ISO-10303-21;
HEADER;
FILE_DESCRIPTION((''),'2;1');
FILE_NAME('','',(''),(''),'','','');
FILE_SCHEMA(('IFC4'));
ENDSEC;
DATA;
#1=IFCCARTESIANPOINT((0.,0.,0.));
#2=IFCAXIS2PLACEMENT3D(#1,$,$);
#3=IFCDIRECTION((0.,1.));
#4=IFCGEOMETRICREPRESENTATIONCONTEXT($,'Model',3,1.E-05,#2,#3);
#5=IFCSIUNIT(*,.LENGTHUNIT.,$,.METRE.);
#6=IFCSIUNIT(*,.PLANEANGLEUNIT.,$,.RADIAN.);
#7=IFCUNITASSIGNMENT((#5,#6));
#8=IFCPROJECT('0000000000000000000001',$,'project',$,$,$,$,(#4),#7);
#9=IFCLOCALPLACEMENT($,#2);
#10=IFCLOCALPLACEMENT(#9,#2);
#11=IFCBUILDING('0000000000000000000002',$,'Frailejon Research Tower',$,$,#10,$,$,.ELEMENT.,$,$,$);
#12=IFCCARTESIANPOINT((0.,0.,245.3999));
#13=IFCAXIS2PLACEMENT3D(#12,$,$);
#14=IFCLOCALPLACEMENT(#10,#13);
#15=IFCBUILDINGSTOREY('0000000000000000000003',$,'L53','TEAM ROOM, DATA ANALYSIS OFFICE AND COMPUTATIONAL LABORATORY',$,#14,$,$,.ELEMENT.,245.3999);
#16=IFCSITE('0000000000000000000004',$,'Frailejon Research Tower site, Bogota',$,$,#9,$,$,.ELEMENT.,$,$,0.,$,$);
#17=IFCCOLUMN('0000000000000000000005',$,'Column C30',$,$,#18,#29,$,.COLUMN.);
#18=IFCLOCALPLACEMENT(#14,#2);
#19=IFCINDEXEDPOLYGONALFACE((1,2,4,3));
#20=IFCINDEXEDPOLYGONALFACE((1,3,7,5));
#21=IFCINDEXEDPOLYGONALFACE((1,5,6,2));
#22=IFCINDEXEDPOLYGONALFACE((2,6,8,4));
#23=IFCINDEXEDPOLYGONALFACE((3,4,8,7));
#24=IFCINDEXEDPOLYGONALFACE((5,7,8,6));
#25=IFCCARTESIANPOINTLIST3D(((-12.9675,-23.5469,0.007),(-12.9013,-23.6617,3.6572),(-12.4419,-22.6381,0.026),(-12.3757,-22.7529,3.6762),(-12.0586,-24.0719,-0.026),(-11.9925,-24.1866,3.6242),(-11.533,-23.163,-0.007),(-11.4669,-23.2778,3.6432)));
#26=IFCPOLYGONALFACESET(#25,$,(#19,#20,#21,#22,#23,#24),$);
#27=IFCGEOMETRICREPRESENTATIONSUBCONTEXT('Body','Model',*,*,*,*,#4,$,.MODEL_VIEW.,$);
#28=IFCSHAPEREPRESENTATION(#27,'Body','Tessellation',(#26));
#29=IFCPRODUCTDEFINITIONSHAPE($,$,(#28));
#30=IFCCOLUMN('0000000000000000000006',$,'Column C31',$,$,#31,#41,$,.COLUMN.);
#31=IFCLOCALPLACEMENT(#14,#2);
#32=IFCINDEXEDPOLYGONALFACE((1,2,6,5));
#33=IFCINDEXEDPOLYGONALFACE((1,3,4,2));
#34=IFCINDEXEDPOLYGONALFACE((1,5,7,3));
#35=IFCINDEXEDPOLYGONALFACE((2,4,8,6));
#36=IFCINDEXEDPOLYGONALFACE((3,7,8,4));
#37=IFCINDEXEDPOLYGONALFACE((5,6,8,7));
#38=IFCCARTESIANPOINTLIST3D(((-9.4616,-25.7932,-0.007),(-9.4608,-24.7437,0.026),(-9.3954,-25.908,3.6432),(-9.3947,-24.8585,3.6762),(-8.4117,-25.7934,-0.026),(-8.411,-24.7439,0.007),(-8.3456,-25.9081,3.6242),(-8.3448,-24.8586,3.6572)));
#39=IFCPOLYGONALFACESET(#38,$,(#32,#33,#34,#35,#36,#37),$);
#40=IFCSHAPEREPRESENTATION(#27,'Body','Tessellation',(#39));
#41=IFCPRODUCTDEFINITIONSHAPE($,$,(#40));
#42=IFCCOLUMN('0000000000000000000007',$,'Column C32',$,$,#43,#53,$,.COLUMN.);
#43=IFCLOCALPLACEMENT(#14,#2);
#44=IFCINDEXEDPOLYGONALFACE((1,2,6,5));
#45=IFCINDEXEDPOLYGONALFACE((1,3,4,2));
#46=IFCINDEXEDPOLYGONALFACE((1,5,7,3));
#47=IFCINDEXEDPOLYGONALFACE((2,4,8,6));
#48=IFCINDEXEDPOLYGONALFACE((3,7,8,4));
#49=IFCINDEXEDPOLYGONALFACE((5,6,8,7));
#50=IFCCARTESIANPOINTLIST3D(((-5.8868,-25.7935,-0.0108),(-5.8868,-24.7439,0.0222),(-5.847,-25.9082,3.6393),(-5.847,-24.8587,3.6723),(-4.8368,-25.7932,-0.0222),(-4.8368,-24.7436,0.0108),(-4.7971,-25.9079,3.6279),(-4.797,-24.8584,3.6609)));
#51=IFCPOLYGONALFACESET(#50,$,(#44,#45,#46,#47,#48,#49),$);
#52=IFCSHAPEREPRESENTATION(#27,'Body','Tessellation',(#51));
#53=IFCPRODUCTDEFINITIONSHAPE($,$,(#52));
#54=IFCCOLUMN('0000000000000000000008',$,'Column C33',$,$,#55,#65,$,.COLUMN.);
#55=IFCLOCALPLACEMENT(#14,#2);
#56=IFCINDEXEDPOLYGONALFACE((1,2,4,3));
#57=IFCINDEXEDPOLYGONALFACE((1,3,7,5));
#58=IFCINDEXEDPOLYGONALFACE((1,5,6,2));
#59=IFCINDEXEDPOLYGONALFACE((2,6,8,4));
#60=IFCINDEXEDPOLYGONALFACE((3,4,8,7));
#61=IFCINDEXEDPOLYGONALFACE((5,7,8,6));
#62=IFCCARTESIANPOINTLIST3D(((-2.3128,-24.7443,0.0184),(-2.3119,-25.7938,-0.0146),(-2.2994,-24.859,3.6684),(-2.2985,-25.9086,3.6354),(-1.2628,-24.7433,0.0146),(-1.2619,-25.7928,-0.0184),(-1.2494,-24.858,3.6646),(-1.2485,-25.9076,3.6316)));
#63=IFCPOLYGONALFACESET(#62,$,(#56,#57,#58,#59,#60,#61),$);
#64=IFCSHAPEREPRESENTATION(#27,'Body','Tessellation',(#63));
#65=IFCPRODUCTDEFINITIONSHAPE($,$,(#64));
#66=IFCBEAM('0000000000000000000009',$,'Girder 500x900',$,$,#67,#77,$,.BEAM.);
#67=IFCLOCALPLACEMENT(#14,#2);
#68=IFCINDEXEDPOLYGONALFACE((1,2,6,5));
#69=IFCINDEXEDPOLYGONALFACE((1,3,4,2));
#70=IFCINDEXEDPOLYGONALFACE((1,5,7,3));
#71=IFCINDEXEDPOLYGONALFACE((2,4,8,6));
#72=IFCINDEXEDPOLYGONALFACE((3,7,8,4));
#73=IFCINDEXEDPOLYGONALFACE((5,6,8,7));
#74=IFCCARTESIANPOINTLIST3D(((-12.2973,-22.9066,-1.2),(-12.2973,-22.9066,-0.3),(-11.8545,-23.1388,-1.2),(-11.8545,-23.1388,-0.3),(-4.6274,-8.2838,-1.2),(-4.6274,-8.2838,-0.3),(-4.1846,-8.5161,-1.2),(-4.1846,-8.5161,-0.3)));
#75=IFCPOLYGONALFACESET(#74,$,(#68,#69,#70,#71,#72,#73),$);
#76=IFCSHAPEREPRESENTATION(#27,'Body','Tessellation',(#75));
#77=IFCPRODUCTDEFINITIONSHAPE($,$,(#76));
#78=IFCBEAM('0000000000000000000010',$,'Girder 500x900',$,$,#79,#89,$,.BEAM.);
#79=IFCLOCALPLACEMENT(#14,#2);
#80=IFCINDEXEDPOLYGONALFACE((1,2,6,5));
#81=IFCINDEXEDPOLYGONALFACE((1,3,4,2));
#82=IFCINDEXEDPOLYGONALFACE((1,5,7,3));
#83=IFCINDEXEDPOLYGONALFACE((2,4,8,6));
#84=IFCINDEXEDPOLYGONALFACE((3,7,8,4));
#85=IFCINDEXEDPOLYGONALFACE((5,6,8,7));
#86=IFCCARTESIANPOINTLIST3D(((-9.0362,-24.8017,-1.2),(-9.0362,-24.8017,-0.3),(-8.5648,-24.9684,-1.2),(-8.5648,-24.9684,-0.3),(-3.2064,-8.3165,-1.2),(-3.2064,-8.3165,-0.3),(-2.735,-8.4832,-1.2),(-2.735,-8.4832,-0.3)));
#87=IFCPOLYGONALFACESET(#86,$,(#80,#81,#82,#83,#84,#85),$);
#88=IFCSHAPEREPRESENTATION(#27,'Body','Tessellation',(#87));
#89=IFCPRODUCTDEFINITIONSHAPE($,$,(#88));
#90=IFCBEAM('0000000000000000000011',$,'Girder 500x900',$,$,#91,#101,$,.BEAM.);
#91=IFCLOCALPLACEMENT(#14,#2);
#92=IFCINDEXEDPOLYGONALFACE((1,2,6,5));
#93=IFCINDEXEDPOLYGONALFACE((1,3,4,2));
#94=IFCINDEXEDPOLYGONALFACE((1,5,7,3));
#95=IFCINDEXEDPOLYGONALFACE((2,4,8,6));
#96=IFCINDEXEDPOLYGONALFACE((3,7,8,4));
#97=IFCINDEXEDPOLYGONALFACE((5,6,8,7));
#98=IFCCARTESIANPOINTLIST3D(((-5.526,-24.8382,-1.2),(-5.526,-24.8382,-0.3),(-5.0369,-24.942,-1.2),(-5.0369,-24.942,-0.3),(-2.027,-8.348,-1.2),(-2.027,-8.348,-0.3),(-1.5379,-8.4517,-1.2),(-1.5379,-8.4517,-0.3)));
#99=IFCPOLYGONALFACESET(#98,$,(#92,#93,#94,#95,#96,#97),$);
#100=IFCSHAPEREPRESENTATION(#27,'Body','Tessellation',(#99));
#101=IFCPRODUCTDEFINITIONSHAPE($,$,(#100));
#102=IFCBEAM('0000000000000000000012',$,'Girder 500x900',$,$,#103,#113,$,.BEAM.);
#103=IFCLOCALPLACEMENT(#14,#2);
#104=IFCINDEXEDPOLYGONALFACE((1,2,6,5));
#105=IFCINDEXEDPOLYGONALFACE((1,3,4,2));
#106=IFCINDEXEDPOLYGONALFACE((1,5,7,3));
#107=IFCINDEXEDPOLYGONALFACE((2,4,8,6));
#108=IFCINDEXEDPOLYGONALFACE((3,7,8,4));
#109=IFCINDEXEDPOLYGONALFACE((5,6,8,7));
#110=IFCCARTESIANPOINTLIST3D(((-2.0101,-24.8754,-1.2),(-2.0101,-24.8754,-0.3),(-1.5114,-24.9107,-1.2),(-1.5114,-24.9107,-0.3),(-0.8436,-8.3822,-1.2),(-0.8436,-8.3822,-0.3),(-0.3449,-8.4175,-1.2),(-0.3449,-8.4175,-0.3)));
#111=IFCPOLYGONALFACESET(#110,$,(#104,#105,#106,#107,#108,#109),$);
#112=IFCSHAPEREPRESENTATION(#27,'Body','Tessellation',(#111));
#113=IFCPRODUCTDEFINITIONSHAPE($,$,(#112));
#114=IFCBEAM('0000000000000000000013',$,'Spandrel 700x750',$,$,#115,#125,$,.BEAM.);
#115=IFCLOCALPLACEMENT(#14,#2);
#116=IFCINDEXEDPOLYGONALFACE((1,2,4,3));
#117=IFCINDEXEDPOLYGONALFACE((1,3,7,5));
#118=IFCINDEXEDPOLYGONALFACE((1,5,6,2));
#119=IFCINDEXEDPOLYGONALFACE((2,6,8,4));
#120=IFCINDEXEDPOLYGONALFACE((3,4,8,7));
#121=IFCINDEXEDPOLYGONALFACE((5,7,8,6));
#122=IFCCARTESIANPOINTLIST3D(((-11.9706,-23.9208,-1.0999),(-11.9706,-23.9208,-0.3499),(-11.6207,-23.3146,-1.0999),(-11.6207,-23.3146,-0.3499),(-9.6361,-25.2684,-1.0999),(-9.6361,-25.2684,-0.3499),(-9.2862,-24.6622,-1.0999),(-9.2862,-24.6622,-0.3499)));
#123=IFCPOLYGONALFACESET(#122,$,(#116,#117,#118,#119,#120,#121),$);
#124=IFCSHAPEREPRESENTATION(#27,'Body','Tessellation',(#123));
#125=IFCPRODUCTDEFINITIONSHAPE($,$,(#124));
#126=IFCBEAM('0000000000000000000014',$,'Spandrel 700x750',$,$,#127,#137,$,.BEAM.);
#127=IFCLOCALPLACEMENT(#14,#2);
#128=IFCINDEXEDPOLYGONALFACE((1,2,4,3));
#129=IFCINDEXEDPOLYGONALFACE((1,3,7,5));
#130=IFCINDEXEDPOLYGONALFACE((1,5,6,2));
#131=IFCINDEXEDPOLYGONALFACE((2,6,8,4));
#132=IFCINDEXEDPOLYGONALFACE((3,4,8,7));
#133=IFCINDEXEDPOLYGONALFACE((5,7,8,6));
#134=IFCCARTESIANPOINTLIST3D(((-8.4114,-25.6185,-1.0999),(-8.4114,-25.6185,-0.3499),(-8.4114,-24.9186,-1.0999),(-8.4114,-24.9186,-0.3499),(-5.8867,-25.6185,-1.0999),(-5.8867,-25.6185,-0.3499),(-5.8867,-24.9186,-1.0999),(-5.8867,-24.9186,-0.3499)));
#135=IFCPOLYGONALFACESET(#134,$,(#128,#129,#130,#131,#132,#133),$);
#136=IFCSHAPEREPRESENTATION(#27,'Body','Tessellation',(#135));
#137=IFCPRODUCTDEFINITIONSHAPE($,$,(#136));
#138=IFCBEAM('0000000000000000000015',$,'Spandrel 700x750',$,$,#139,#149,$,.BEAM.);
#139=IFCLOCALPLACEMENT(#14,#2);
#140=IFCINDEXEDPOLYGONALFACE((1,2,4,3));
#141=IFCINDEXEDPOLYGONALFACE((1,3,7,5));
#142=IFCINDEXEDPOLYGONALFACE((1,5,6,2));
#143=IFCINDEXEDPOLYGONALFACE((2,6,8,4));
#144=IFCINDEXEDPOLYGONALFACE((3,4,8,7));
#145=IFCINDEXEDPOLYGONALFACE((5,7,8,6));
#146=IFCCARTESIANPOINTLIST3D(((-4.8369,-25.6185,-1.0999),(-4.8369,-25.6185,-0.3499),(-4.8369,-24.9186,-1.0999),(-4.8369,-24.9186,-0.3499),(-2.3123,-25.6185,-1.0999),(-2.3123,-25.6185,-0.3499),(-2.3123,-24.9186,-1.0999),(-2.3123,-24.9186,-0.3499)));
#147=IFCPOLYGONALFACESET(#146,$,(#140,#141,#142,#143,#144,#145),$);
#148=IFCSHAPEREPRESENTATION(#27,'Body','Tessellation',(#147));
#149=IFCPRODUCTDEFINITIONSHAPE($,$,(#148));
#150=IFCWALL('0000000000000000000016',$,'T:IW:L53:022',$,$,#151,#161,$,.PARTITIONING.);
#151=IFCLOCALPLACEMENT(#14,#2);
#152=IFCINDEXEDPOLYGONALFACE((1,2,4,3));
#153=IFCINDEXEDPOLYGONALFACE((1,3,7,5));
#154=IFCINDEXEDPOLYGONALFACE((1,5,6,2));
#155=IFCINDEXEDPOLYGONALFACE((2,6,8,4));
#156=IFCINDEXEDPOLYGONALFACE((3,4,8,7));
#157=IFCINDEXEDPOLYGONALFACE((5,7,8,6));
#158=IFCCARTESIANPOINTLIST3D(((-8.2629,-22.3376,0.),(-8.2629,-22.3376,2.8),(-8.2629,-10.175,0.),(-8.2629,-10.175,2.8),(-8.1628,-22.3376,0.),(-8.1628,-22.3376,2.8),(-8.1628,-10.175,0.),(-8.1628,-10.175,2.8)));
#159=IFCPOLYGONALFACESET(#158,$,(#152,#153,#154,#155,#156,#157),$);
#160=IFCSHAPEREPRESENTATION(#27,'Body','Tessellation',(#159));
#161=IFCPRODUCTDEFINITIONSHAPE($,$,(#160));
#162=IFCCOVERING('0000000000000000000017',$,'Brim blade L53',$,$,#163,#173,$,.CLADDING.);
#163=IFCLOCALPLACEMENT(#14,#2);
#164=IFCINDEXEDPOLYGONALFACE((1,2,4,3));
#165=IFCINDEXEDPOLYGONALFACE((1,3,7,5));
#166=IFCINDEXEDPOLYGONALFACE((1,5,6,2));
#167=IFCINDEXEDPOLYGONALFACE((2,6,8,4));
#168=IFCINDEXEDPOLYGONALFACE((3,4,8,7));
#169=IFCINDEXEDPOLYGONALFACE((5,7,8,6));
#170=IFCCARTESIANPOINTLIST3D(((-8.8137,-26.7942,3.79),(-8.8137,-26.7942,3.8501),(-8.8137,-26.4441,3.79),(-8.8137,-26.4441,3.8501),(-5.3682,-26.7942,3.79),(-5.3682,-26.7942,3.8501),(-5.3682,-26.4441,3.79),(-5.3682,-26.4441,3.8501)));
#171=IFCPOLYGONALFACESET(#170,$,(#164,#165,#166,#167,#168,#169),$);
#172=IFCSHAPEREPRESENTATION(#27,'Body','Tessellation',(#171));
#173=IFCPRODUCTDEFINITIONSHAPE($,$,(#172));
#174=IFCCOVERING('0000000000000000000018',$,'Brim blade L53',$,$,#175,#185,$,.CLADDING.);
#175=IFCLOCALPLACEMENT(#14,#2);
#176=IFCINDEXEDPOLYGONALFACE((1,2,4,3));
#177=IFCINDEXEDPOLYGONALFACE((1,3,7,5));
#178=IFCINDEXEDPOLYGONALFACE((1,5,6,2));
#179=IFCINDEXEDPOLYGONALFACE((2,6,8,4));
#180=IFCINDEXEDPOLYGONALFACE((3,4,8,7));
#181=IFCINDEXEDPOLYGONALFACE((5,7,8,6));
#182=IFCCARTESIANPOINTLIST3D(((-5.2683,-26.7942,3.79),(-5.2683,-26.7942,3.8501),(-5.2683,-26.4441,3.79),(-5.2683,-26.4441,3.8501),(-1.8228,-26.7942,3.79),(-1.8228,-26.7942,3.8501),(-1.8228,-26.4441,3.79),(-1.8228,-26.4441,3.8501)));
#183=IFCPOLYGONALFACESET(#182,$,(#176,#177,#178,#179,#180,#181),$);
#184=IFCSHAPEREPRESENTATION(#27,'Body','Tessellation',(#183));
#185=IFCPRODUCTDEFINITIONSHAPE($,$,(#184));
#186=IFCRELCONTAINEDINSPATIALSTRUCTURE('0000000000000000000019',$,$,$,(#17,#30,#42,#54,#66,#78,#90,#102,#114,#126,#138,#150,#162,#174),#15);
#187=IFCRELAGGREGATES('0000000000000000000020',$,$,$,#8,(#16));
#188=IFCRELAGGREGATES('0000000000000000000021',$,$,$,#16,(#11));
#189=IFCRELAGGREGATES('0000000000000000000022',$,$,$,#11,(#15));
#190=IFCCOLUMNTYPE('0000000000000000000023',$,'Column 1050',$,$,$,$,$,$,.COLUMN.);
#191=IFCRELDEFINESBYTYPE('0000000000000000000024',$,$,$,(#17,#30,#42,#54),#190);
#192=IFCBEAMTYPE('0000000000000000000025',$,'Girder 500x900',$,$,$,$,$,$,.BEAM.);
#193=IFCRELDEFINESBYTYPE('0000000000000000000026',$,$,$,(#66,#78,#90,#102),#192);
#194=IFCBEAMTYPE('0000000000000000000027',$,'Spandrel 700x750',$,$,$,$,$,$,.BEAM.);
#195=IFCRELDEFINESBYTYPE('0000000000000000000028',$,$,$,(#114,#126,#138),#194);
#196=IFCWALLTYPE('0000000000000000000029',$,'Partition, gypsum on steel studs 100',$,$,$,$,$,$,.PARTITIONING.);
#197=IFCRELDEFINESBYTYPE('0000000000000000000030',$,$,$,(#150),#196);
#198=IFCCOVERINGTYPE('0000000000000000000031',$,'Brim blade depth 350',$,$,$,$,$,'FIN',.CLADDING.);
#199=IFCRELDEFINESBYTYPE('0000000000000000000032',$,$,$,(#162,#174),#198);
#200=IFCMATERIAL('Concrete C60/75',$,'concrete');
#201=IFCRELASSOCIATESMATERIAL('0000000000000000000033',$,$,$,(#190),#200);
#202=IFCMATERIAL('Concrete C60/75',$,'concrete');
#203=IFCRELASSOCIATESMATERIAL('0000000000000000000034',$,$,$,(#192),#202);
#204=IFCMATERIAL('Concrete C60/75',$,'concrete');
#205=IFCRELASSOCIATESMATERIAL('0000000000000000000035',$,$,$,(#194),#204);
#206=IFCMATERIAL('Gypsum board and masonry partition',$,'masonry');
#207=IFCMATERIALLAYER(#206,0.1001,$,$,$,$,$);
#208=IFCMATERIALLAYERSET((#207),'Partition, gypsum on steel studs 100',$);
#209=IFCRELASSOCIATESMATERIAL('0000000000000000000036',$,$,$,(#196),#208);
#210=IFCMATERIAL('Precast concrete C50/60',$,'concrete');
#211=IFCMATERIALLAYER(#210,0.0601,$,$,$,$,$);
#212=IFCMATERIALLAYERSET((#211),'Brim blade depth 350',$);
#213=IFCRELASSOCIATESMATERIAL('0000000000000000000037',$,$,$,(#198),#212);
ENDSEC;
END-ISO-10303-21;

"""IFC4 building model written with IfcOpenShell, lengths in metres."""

from ifc_helpers import new_model, si_unit, direction, frame, frame_2d, origin, origin_2d, place, context, subcontext, project, spatial, polyline, rectangle, outline, extrude, material, layer, layer_set, material_profile, profile_set, type_object, element, save


model = new_model("IFC4")

# Units and contexts
model_context = context("Model", 3, precision=1e-05, world=origin(), true_north=direction((0.0, 1.0)))
body_context = subcontext(model_context, "Body", "Model", "MODEL_VIEW")
ifc_project = project(units=[si_unit("LENGTHUNIT", "METRE"), si_unit("PLANEANGLEUNIT", "RADIAN")], contexts=[model_context])

# Site, building, storey
site_placement = place(None, origin())
site = spatial("IfcSite", under=ifc_project, at=site_placement, Name="Frailejon Research Tower site, Bogota", CompositionType="ELEMENT", RefElevation=0.0)
building_placement = place(site_placement, origin())
building = spatial("IfcBuilding", under=site, at=building_placement, Name="Frailejon Research Tower", CompositionType="ELEMENT")
storey_placement = place(building_placement, frame((0.0, 0.0, 245.3999)))
storey = spatial("IfcBuildingStorey", under=building, at=storey_placement, Name="L53", Description="TEAM ROOM, DATA ANALYSIS OFFICE AND COMPUTATIONAL LABORATORY", CompositionType="ELEMENT", Elevation=245.3999)

# Columns
ifc_material_1 = material(Name="Concrete C60/75", Category="concrete")
ifc_material_profile_1 = material_profile(ifc_material_1, rectangle(XDim=1.05, YDim=1.05, at=origin_2d()), Name="Column 1050")
ifc_profile_set_1 = profile_set([ifc_material_profile_1], Name="Concrete C60/75")
column_type = type_object("IfcColumnType", Name="Column 1050", PredefinedType="COLUMN", material=ifc_profile_set_1)
for number, where, z_axis, x_axis, name in (
    (1, (-12.2502, -23.355, 0.0), (0.018114, -0.031415, 0.999342), (0.86552, -0.499889, -0.031403), "Column C30"),
    (2, (-8.9363, -25.2686, 0.0), (0.018114, -0.031415, 0.999342), (0.999836, -0.000157, -0.018128), "Column C31"),
):
    element("IfcColumn", number, at=place(storey_placement, frame(where, z_axis=z_axis, x_axis=x_axis)), inside=storey, type_object=column_type, Name=name, PredefinedType="COLUMN", context=body_context, shape_type="SweptSolid", body=[
        extrude(rectangle(XDim=1.05, YDim=1.05, at=origin_2d()), origin(), (0.0, 0.0, 1.0), 3.6526),
    ])
column_1_placement = place(storey_placement, frame((-5.3618, -25.2686, 0.0), z_axis=(0.010896, -0.031419, 0.999447), x_axis=(0.999941, 0.000298, -0.010892)))
element("IfcColumn", 3, at=column_1_placement, inside=storey, type_object=column_type, Name="Column C32", PredefinedType="COLUMN", context=body_context, shape_type="SweptSolid", body=[
    extrude(rectangle(XDim=1.05, YDim=1.05, at=origin_2d()), origin(), (0.0, 0.0, 1.0), 3.6521),
])
column_2_placement = place(storey_placement, frame((-1.7874, -25.2686, 0.0), z_axis=(0.003677, -0.03142, 0.999499), x_axis=(0.999993, 0.000975, -0.003648)))
element("IfcColumn", 4, at=column_2_placement, inside=storey, type_object=column_type, Name="Column C33", PredefinedType="COLUMN", context=body_context, shape_type="SweptSolid", body=[
    extrude(rectangle(XDim=1.05, YDim=1.05, at=origin_2d()), origin(), (0.0, 0.0, 1.0), 3.6519),
])

# Beams
ifc_material_2 = material(Name="Concrete C60/75", Category="concrete")
ifc_material_profile_2 = material_profile(ifc_material_2, rectangle(XDim=0.5, YDim=0.8999, at=origin_2d()), Name="Girder 500x900")
ifc_profile_set_2 = profile_set([ifc_material_profile_2], Name="Concrete C60/75")
beam_type_1 = type_object("IfcBeamType", Name="Girder 500x900", PredefinedType="BEAM", material=ifc_profile_set_2)
beam_1_placement = place(storey_placement, frame((-12.0759, -23.0227, -0.75), z_axis=(0.464499, 0.885574, 0.0), x_axis=(-0.885574, 0.464499, 0.0)))
element("IfcBeam", 5, at=beam_1_placement, inside=storey, type_object=beam_type_1, Name="Girder 500x900", PredefinedType="BEAM", context=body_context, shape_type="SweptSolid", body=[
    extrude(rectangle(XDim=0.5, YDim=0.8999, at=origin_2d()), origin(), (0.0, 0.0, 1.0), 16.5122),
])
beam_2_placement = place(storey_placement, frame((-8.8005, -24.885, -0.75), z_axis=(0.333408, 0.942783, 0.0), x_axis=(-0.942783, 0.333408, 0.0)))
element("IfcBeam", 6, at=beam_2_placement, inside=storey, type_object=beam_type_1, Name="Girder 500x900", PredefinedType="BEAM", context=body_context, shape_type="SweptSolid", body=[
    extrude(rectangle(XDim=0.5, YDim=0.8999, at=origin_2d()), origin(), (0.0, 0.0, 1.0), 17.4856),
])
beam_3_placement = place(storey_placement, frame((-5.2815, -24.8901, -0.75), z_axis=(0.207566, 0.978221, 0.0), x_axis=(-0.978221, 0.207566, 0.0)))
element("IfcBeam", 7, at=beam_3_placement, inside=storey, type_object=beam_type_1, Name="Girder 500x900", PredefinedType="BEAM", context=body_context, shape_type="SweptSolid", body=[
    extrude(rectangle(XDim=0.5, YDim=0.8999, at=origin_2d()), origin(), (0.0, 0.0, 1.0), 16.8574),
])
beam_4_placement = place(storey_placement, frame((-1.7607, -24.8931, -0.75), z_axis=(0.07055, 0.997508, 0.0), x_axis=(-0.997508, 0.07055, 0.0)))
element("IfcBeam", 8, at=beam_4_placement, inside=storey, type_object=beam_type_1, Name="Girder 500x900", PredefinedType="BEAM", context=body_context, shape_type="SweptSolid", body=[
    extrude(rectangle(XDim=0.5, YDim=0.8999, at=origin_2d()), origin(), (0.0, 0.0, 1.0), 16.5344),
])
ifc_material_3 = material(Name="Concrete C60/75", Category="concrete")
ifc_material_profile_3 = material_profile(ifc_material_3, rectangle(XDim=0.7, YDim=0.75, at=origin_2d()), Name="Spandrel 700x750")
ifc_profile_set_3 = profile_set([ifc_material_profile_3], Name="Concrete C60/75")
beam_type_2 = type_object("IfcBeamType", Name="Spandrel 700x750", PredefinedType="BEAM", material=ifc_profile_set_3)
beam_5_placement = place(storey_placement, frame((-11.7957, -23.6177, -0.7249), z_axis=(0.86605, -0.499958, 0.0), x_axis=(0.499958, 0.86605, 0.0)))
element("IfcBeam", 9, at=beam_5_placement, inside=storey, type_object=beam_type_2, Name="Spandrel 700x750", PredefinedType="BEAM", context=body_context, shape_type="SweptSolid", body=[
    extrude(rectangle(XDim=0.7, YDim=0.75, at=origin_2d()), origin(), (0.0, 0.0, 1.0), 2.6956),
])
for number, where, z_axis, x_axis, name in (
    (10, (-8.4114, -25.2686, -0.7249), (1.0, 0.0, 0.0), (0.0, 1.0, 0.0), "Spandrel 700x750"),
    (11, (-4.8369, -25.2686, -0.7249), (1.0, 0.0, 0.0), (0.0, 1.0, 0.0), "Spandrel 700x750"),
):
    element("IfcBeam", number, at=place(storey_placement, frame(where, z_axis=z_axis, x_axis=x_axis)), inside=storey, type_object=beam_type_2, Name=name, PredefinedType="BEAM", context=body_context, shape_type="SweptSolid", body=[
        extrude(rectangle(XDim=0.7, YDim=0.75, at=origin_2d()), origin(), (0.0, 0.0, 1.0), 2.5247),
    ])

# Wall
ifc_material_4 = material(Name="Gypsum board and masonry partition", Category="masonry")
ifc_layer_1 = layer(ifc_material_4, 0.1001)
ifc_layer_set_1 = layer_set([ifc_layer_1], Name="Partition, gypsum on steel studs 100")
wall_type_1 = type_object("IfcWallType", Name="Partition, gypsum on steel studs 100", PredefinedType="PARTITIONING", material=ifc_layer_set_1)
wall_1_placement = place(storey_placement, frame((-8.2129, -22.3376, 0.0), z_axis=(0.0, 0.0, 1.0), x_axis=(0.0, 1.0, 0.0)))
element("IfcWall", 12, at=wall_1_placement, inside=storey, type_object=wall_type_1, Name="T:IW:L53:022", PredefinedType="PARTITIONING", context=body_context, shape_type="SweptSolid", body=[
    extrude(rectangle(XDim=12.1626, YDim=0.1001, at=frame_2d((6.0813, 0.0))), origin(), (0.0, 0.0, 1.0), 2.8),
])

# Coverings
ifc_material_5 = material(Name="Precast concrete C50/60", Category="concrete")
ifc_layer_2 = layer(ifc_material_5, 0.0601)
ifc_layer_set_2 = layer_set([ifc_layer_2], Name="Brim blade depth 350")
covering_type_1 = type_object("IfcCoveringType", Name="Brim blade depth 350", ElementType="FIN", PredefinedType="CLADDING", material=ifc_layer_set_2)
for number, where, z_axis, x_axis, name in (
    (13, (-5.3682, -26.4441, 3.8501), (-1.0, 0.0, 0.0), (0.0, -1.0, 0.0), "Brim blade L53"),
    (14, (-1.8228, -26.4441, 3.8501), (-1.0, 0.0, 0.0), (0.0, -1.0, 0.0), "Brim blade L53"),
):
    element("IfcCovering", number, at=place(storey_placement, frame(where, z_axis=z_axis, x_axis=x_axis)), inside=storey, type_object=covering_type_1, Name=name, PredefinedType="CLADDING", context=body_context, shape_type="SweptSolid", body=[
        extrude(outline(polyline([(0.0, -0.0601), (0.3501, -0.0601), (0.3501, 0.0), (0.0, 0.0), (0.0, -0.0601)])), origin(), (0.0, 0.0, 1.0), 3.4456),
    ])

save(model, "model.ifc")
